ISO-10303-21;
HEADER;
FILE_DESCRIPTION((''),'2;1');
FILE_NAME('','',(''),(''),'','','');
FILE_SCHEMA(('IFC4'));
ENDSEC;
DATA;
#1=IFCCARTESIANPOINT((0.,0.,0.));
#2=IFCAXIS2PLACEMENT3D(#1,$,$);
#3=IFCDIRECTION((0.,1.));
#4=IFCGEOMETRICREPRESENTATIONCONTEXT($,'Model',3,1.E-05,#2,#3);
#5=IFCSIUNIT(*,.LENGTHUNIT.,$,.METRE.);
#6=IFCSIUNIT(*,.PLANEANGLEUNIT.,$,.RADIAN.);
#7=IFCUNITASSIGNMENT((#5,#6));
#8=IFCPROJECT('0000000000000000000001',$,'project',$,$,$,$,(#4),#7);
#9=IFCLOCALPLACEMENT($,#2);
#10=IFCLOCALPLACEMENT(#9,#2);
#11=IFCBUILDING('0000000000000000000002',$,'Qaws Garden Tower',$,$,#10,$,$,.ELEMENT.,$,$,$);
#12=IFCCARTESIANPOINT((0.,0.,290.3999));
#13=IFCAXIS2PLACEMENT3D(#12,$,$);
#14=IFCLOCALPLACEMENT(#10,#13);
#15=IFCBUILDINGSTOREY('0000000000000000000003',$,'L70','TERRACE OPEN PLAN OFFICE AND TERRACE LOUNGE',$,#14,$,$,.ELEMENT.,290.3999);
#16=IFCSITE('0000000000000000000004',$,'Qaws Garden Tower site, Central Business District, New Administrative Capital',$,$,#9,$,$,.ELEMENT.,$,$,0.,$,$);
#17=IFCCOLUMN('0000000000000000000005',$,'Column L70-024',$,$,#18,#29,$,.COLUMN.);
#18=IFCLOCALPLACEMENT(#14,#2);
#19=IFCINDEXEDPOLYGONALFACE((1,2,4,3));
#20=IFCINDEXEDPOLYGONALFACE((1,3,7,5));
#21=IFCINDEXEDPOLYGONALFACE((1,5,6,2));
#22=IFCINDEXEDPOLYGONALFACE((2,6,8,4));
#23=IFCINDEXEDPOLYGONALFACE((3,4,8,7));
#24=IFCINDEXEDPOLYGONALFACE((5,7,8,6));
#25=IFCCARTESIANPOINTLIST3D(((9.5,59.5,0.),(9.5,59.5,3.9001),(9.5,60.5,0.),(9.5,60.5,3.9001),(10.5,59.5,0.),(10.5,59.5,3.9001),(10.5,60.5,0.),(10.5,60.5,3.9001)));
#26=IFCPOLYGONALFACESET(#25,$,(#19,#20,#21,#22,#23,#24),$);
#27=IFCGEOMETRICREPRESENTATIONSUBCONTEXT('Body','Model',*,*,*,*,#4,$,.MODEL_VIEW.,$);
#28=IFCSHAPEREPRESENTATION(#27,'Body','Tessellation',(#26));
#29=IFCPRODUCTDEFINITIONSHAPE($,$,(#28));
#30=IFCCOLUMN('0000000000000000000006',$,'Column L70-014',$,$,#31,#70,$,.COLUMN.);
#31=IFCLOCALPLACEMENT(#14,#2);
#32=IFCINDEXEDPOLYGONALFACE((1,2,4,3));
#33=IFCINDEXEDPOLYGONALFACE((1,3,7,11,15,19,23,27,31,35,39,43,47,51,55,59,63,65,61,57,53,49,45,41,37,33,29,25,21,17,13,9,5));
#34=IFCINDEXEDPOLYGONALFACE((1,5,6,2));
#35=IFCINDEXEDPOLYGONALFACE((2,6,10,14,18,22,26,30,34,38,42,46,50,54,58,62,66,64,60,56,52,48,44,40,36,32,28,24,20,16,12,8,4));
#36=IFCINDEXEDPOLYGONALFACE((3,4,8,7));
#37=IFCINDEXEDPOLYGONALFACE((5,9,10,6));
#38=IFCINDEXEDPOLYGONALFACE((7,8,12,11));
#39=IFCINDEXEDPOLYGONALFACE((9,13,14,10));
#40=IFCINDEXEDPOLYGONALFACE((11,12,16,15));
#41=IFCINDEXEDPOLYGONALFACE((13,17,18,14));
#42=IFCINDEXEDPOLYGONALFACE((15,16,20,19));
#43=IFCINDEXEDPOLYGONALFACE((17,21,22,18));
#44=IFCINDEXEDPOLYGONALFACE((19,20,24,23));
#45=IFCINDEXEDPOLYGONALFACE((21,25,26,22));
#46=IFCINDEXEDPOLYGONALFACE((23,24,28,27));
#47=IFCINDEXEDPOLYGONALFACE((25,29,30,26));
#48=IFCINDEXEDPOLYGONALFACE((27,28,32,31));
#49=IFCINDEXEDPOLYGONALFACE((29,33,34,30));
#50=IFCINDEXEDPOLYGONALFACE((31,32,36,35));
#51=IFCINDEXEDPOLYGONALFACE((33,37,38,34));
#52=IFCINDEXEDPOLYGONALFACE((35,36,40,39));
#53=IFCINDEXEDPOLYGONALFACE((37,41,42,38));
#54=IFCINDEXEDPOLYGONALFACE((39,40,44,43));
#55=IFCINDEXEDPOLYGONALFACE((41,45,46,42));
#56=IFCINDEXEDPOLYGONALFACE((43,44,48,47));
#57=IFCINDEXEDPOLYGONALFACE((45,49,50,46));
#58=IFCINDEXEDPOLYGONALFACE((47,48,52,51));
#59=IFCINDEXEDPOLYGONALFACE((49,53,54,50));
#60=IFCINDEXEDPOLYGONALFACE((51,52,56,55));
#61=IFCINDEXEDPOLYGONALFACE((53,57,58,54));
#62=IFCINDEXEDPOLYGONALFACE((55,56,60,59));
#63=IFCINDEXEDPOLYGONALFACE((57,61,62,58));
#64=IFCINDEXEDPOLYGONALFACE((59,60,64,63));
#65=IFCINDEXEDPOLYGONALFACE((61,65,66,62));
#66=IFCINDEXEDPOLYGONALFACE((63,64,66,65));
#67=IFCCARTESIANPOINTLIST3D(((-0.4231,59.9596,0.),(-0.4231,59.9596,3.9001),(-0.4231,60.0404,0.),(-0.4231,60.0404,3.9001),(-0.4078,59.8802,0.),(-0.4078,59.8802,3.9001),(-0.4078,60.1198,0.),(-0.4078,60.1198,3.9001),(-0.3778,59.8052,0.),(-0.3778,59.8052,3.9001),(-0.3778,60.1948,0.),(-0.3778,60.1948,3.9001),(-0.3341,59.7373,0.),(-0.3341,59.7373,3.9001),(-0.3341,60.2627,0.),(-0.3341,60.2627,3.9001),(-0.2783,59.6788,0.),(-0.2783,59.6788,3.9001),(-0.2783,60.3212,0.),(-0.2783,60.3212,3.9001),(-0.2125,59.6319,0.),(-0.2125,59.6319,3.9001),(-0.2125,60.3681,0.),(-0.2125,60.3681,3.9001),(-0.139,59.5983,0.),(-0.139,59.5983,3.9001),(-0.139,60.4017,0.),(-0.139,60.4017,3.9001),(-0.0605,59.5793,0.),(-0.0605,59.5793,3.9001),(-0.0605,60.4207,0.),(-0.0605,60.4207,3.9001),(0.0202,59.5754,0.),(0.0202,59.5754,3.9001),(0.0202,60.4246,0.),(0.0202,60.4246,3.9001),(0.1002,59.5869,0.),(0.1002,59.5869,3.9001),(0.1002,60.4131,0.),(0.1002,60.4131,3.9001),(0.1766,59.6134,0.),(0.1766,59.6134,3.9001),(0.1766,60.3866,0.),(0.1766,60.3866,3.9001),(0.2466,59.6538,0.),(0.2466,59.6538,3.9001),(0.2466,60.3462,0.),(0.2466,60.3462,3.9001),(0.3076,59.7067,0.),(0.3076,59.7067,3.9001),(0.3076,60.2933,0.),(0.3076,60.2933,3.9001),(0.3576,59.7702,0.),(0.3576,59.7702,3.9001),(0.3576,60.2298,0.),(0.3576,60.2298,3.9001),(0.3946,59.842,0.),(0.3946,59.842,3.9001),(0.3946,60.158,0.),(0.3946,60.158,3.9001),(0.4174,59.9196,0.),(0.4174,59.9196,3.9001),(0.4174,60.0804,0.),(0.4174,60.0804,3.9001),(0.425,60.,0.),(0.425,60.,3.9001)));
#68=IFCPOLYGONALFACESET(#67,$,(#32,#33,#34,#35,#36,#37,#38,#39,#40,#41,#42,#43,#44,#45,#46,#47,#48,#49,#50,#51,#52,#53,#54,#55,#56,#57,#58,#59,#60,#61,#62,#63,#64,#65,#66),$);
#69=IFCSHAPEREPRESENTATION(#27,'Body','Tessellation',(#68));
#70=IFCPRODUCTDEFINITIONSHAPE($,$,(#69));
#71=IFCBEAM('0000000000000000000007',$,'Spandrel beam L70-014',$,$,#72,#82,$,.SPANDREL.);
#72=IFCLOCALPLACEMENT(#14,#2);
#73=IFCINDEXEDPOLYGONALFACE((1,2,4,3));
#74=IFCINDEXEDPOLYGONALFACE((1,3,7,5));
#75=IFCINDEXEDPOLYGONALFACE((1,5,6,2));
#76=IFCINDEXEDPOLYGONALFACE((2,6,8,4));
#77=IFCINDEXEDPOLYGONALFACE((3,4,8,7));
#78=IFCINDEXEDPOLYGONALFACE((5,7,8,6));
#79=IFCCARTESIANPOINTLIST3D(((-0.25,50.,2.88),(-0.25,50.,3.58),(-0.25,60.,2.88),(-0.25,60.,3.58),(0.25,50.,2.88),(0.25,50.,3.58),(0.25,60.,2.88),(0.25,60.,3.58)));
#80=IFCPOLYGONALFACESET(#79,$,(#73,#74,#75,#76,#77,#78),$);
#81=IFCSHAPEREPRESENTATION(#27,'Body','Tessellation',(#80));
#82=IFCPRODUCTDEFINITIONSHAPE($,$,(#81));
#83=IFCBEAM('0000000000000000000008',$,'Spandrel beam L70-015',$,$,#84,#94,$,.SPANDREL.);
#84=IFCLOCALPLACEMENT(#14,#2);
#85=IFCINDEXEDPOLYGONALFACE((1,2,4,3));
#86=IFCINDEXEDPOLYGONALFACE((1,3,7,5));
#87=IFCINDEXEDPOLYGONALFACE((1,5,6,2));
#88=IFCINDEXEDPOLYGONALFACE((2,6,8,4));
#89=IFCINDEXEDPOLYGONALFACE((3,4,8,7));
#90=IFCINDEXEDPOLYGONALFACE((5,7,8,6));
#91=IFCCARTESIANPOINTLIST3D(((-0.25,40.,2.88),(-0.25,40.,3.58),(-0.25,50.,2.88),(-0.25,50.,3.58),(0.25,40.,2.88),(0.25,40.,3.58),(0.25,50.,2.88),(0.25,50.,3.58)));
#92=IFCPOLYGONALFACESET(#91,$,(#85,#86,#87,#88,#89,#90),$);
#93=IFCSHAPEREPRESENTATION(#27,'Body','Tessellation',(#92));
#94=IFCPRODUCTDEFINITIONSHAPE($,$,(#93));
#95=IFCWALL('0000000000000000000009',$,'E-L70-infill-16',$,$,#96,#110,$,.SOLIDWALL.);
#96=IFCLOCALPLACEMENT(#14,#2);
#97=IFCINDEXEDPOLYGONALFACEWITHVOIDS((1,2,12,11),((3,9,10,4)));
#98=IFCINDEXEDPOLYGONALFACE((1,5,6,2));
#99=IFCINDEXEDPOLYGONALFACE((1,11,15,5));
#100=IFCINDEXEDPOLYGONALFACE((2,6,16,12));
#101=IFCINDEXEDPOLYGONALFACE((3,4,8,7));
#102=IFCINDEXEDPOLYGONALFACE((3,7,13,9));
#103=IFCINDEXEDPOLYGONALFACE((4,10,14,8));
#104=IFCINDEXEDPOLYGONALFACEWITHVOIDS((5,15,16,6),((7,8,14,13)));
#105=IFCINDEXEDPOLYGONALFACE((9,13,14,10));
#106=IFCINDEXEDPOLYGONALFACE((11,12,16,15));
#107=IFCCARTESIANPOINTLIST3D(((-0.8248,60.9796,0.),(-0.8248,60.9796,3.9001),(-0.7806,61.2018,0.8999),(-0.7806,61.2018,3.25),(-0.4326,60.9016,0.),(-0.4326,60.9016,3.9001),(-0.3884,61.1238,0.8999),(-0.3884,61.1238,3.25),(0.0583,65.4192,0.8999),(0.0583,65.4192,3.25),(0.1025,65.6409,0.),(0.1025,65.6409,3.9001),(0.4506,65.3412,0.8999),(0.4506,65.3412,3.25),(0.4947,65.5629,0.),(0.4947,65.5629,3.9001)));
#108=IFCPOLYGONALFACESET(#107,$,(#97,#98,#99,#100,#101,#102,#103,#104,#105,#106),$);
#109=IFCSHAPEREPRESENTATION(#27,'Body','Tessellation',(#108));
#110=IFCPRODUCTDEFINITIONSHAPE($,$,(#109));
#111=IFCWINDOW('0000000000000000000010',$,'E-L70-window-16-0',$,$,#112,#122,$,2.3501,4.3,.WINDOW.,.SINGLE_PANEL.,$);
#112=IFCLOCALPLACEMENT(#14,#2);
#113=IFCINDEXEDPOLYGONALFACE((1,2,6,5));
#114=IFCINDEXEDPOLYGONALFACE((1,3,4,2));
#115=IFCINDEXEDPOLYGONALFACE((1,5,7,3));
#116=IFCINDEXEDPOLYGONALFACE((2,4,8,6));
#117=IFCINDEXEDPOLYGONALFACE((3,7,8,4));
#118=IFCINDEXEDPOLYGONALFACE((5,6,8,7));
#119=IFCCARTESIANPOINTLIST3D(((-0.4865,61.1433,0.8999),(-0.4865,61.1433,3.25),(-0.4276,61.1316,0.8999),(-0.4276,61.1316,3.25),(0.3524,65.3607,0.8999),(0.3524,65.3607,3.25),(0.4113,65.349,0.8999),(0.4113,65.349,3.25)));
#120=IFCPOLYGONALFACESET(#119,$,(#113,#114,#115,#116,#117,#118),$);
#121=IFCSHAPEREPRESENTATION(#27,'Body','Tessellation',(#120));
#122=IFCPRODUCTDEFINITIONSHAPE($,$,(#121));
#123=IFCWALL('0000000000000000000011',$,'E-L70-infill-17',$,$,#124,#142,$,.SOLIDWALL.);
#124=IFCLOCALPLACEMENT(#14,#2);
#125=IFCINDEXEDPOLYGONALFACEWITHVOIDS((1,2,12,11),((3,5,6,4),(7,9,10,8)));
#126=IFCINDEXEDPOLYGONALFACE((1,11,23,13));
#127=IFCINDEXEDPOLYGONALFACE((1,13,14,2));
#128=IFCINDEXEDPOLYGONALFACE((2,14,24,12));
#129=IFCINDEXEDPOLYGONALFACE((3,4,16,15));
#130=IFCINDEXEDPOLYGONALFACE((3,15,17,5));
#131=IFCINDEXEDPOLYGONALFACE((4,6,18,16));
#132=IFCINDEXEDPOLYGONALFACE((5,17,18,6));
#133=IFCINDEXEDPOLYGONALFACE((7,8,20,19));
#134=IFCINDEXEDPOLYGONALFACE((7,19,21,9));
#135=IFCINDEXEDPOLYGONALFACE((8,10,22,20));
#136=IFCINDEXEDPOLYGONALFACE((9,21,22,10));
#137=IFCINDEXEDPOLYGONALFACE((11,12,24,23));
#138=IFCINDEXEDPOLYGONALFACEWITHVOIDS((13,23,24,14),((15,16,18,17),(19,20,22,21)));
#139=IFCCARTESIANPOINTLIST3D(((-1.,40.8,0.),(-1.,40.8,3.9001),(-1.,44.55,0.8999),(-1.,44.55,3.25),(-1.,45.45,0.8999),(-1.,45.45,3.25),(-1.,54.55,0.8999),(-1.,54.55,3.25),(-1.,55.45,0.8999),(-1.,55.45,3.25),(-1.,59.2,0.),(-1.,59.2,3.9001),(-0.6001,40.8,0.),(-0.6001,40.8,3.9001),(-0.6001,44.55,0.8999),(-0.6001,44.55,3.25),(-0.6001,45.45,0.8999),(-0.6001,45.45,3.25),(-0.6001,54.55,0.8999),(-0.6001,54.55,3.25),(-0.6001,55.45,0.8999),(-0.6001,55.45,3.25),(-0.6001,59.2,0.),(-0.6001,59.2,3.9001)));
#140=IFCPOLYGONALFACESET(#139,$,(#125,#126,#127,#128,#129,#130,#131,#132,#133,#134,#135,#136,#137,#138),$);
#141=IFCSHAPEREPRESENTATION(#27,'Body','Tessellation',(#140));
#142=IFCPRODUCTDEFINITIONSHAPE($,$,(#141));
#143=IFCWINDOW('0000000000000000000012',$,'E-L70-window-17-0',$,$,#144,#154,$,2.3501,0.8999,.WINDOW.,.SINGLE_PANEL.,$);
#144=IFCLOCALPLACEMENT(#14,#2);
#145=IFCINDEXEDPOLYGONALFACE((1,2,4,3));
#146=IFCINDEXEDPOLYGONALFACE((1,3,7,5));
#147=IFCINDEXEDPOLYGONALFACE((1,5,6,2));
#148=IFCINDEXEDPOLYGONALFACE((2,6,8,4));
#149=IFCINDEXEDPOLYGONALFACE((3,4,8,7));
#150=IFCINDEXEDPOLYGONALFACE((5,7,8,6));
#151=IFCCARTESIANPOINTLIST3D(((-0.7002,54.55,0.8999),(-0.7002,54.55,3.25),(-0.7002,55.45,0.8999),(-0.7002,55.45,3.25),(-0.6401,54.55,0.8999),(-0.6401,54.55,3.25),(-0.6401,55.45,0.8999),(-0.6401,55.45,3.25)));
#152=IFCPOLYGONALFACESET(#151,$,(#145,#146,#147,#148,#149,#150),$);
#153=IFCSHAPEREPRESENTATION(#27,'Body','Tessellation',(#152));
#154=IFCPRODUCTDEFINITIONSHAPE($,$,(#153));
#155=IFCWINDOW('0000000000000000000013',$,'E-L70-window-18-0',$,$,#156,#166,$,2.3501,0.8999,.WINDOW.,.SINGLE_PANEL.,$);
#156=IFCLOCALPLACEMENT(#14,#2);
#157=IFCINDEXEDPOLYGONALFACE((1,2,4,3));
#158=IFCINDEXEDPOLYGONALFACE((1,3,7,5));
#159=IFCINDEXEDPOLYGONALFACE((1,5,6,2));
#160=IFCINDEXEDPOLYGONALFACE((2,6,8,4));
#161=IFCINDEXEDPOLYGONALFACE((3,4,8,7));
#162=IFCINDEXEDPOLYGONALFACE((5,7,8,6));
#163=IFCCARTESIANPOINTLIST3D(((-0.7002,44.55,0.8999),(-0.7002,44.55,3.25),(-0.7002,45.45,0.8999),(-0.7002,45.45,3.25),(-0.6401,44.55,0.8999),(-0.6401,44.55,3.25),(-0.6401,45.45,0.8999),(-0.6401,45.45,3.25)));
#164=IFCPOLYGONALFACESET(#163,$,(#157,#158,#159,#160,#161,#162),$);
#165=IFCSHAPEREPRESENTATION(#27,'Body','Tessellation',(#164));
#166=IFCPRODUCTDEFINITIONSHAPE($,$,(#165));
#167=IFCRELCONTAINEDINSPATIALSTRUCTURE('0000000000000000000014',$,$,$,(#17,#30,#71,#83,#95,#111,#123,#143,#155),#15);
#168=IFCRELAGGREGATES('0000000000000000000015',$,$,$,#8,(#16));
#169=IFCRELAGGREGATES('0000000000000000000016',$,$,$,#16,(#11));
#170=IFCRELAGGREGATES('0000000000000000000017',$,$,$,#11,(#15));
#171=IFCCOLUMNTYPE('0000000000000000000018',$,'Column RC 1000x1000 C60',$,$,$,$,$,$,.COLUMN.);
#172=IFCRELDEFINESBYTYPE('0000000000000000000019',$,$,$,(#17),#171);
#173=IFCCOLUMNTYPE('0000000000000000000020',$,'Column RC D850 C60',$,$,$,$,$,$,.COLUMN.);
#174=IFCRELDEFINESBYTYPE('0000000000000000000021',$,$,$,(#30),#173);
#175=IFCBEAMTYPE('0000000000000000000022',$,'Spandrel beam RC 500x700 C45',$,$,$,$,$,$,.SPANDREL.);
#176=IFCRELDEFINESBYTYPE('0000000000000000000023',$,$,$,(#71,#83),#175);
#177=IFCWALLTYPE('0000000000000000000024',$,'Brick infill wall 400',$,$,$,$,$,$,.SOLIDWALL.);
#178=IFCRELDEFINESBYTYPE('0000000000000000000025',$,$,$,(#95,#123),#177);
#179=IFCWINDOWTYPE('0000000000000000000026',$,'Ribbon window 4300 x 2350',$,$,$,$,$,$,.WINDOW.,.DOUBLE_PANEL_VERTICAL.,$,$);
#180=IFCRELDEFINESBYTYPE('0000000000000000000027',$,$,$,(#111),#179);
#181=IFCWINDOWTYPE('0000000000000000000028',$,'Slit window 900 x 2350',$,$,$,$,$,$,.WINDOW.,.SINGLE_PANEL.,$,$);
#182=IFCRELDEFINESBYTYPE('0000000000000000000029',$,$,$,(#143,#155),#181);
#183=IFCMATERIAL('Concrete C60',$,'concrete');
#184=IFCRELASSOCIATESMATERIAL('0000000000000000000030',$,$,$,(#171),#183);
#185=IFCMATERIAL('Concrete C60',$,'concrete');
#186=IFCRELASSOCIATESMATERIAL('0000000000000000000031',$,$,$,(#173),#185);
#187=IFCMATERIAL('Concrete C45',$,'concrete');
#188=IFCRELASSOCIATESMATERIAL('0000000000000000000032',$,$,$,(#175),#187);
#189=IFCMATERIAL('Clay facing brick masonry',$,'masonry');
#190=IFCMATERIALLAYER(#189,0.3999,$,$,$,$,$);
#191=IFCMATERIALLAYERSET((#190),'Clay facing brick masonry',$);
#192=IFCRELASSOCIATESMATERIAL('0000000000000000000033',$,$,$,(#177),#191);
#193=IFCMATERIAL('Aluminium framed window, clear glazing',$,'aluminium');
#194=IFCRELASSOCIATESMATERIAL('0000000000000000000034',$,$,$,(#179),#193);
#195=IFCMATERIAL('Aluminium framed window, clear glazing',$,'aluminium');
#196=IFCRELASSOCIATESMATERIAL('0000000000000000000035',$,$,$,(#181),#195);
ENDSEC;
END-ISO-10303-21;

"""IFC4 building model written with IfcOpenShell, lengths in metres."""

from ifc_helpers import new_model, si_unit, direction, frame, frame_2d, origin, origin_2d, place, context, subcontext, project, spatial, rectangle, circle, extrude, material, layer, layer_set, material_profile, profile_set, type_object, element, fill, save


model = new_model("IFC4")

# Units and contexts
model_context = context("Model", 3, precision=1e-05, world=origin(), true_north=direction((0.0, 1.0)))
body_context = subcontext(model_context, "Body", "Model", "MODEL_VIEW")
ifc_project = project(units=[si_unit("LENGTHUNIT", "METRE"), si_unit("PLANEANGLEUNIT", "RADIAN")], contexts=[model_context])

# Site, building, storey
site_placement = place(None, origin())
site = spatial("IfcSite", under=ifc_project, at=site_placement, Name="Qaws Garden Tower site, Central Business District, New Administrative Capital", CompositionType="ELEMENT", RefElevation=0.0)
building_placement = place(site_placement, origin())
building = spatial("IfcBuilding", under=site, at=building_placement, Name="Qaws Garden Tower", CompositionType="ELEMENT")
storey_placement = place(building_placement, frame((0.0, 0.0, 290.3999)))
storey = spatial("IfcBuildingStorey", under=building, at=storey_placement, Name="L70", Description="TERRACE OPEN PLAN OFFICE AND TERRACE LOUNGE", CompositionType="ELEMENT", Elevation=290.3999)

# Columns
ifc_material_1 = material(Name="Concrete C60", Category="concrete")
ifc_material_profile_1 = material_profile(ifc_material_1, rectangle(XDim=1.0, YDim=1.0, at=origin_2d()), Name="RC 1000x1000")
ifc_profile_set_1 = profile_set([ifc_material_profile_1], Name="Concrete C60")
column_type_1 = type_object("IfcColumnType", Name="Column RC 1000x1000 C60", PredefinedType="COLUMN", material=ifc_profile_set_1)
column_1_placement = place(storey_placement, frame((10.0, 60.0, 0.0), z_axis=(0.0, 0.0, 1.0), x_axis=(1.0, 0.0, 0.0)))
element("IfcColumn", 1, at=column_1_placement, inside=storey, type_object=column_type_1, Name="Column L70-024", PredefinedType="COLUMN", context=body_context, shape_type="SweptSolid", body=[
    extrude(rectangle(XDim=1.0, YDim=1.0, at=origin_2d()), origin(), (0.0, 0.0, 1.0), 3.9001),
])
ifc_material_2 = material(Name="Concrete C60", Category="concrete")
ifc_material_profile_2 = material_profile(ifc_material_2, circle(Radius=0.425, at=origin_2d()), Name="RC D850")
ifc_profile_set_2 = profile_set([ifc_material_profile_2], Name="Concrete C60")
column_type_2 = type_object("IfcColumnType", Name="Column RC D850 C60", PredefinedType="COLUMN", material=ifc_profile_set_2)
column_2_placement = place(storey_placement, frame((0.0, 60.0, 0.0), z_axis=(0.0, 0.0, 1.0), x_axis=(1.0, 0.0, 0.0)))
element("IfcColumn", 2, at=column_2_placement, inside=storey, type_object=column_type_2, Name="Column L70-014", PredefinedType="COLUMN", context=body_context, shape_type="SweptSolid", body=[
    extrude(circle(Radius=0.425, at=origin_2d()), origin(), (0.0, 0.0, 1.0), 3.9001),
])

# Beams
ifc_material_3 = material(Name="Concrete C45", Category="concrete")
ifc_material_profile_3 = material_profile(ifc_material_3, rectangle(XDim=0.5, YDim=0.7, at=origin_2d()), Name="RC 500x700")
ifc_profile_set_3 = profile_set([ifc_material_profile_3], Name="Concrete C45")
beam_type = type_object("IfcBeamType", Name="Spandrel beam RC 500x700 C45", PredefinedType="SPANDREL", material=ifc_profile_set_3)
for number, where, z_axis, x_axis, name in (
    (3, (0.0, 60.0, 3.23), (0.0, -1.0, 0.0), (1.0, 0.0, 0.0), "Spandrel beam L70-014"),
    (4, (0.0, 50.0, 3.23), (0.0, -1.0, 0.0), (1.0, 0.0, 0.0), "Spandrel beam L70-015"),
):
    element("IfcBeam", number, at=place(storey_placement, frame(where, z_axis=z_axis, x_axis=x_axis)), inside=storey, type_object=beam_type, Name=name, PredefinedType="SPANDREL", context=body_context, shape_type="SweptSolid", body=[
        extrude(rectangle(XDim=0.5, YDim=0.7, at=origin_2d()), origin(), (0.0, 0.0, 1.0), 10.0),
    ])

# Wall, opening, window
ifc_material_4 = material(Name="Clay facing brick masonry", Category="masonry")
ifc_layer_1 = layer(ifc_material_4, 0.3999)
ifc_layer_set_1 = layer_set([ifc_layer_1], Name="Clay facing brick masonry")
wall_type_1 = type_object("IfcWallType", Name="Brick infill wall 400", PredefinedType="SOLIDWALL", material=ifc_layer_set_1)
wall_1_placement = place(storey_placement, frame((0.2986, 65.6021, 0.0), z_axis=(0.0, 0.0, 1.0), x_axis=(-0.195099, -0.980784, 0.0)))
wall_1 = element("IfcWall", 5, at=wall_1_placement, inside=storey, type_object=wall_type_1, Name="E-L70-infill-16", PredefinedType="SOLIDWALL", context=body_context, shape_type="SweptSolid", body=[
    extrude(rectangle(XDim=4.7527, YDim=0.3999, at=frame_2d((2.3765, 0.0))), origin(), (0.0, 0.0, 1.0), 3.9001),
])
opening_1_placement = place(wall_1_placement, frame((0.2263, 0.0, 0.8999)))
opening_1 = element("IfcOpeningElement", 6, at=opening_1_placement, cuts=wall_1, PredefinedType="OPENING", context=body_context, shape_type="SweptSolid", body=[
    extrude(rectangle(XDim=4.3, YDim=2.3501, at=frame_2d((2.1499, 1.175))), frame((0.0, 0.21, 0.0), z_axis=(0.0, -1.0, 0.0), x_axis=(1.0, 0.0, 0.0)), (0.0, 0.0, 1.0), 0.4199),
])
ifc_material_5 = material(Name="Aluminium framed window, clear glazing", Category="aluminium")
window_type_1 = type_object("IfcWindowType", Name="Ribbon window 4300 x 2350", PartitioningType="DOUBLE_PANEL_VERTICAL", PredefinedType="WINDOW", material=ifc_material_5)
window_1_placement = place(opening_1_placement, origin())
window_1 = element("IfcWindow", 7, at=window_1_placement, inside=storey, type_object=window_type_1, Name="E-L70-window-16-0", OverallHeight=2.3501, OverallWidth=4.3, PartitioningType="SINGLE_PANEL", PredefinedType="WINDOW", context=body_context, shape_type="SweptSolid", body=[
    extrude(rectangle(XDim=4.3, YDim=2.3501, at=frame_2d((2.1499, 1.175))), frame((0.0, 0.1599, 0.0), z_axis=(0.0, -1.0, 0.0), x_axis=(1.0, 0.0, 0.0)), (0.0, 0.0, 1.0), 0.0601),
])
fill(opening_1, window_1)

# Wall, openings, windows
wall_2_placement = place(storey_placement, frame((-0.8, 59.2, 0.0), z_axis=(0.0, 0.0, 1.0), x_axis=(0.0, -1.0, 0.0)))
wall_2 = element("IfcWall", 8, at=wall_2_placement, inside=storey, type_object=wall_type_1, Name="E-L70-infill-17", PredefinedType="SOLIDWALL", context=body_context, shape_type="SweptSolid", body=[
    extrude(rectangle(XDim=18.3999, YDim=0.3999, at=frame_2d((9.2, 0.0))), origin(), (0.0, 0.0, 1.0), 3.9001),
])
opening_2_placement = place(wall_2_placement, frame((3.75, 0.0, 0.8999)))
opening_2 = element("IfcOpeningElement", 9, at=opening_2_placement, cuts=wall_2, PredefinedType="OPENING", context=body_context, shape_type="SweptSolid", body=[
    extrude(rectangle(XDim=0.8999, YDim=2.3501, at=frame_2d((0.45, 1.175))), frame((0.0, 0.21, 0.0), z_axis=(0.0, -1.0, 0.0), x_axis=(1.0, 0.0, 0.0)), (0.0, 0.0, 1.0), 0.4199),
])
opening_3_placement = place(wall_2_placement, frame((13.75, 0.0, 0.8999)))
opening_3 = element("IfcOpeningElement", 10, at=opening_3_placement, cuts=wall_2, PredefinedType="OPENING", context=body_context, shape_type="SweptSolid", body=[
    extrude(rectangle(XDim=0.8999, YDim=2.3501, at=frame_2d((0.45, 1.175))), frame((0.0, 0.21, 0.0), z_axis=(0.0, -1.0, 0.0), x_axis=(1.0, 0.0, 0.0)), (0.0, 0.0, 1.0), 0.4199),
])
ifc_material_6 = material(Name="Aluminium framed window, clear glazing", Category="aluminium")
window_type_2 = type_object("IfcWindowType", Name="Slit window 900 x 2350", PartitioningType="SINGLE_PANEL", PredefinedType="WINDOW", material=ifc_material_6)
window_2_placement = place(opening_2_placement, origin())
window_2 = element("IfcWindow", 11, at=window_2_placement, inside=storey, type_object=window_type_2, Name="E-L70-window-17-0", OverallHeight=2.3501, OverallWidth=0.8999, PartitioningType="SINGLE_PANEL", PredefinedType="WINDOW", context=body_context, shape_type="SweptSolid", body=[
    extrude(rectangle(XDim=0.8999, YDim=2.3501, at=frame_2d((0.45, 1.175))), frame((0.0, 0.1599, 0.0), z_axis=(0.0, -1.0, 0.0), x_axis=(1.0, 0.0, 0.0)), (0.0, 0.0, 1.0), 0.0601),
])
fill(opening_2, window_2)
window_3_placement = place(opening_3_placement, origin())
window_3 = element("IfcWindow", 12, at=window_3_placement, inside=storey, type_object=window_type_2, Name="E-L70-window-18-0", OverallHeight=2.3501, OverallWidth=0.8999, PartitioningType="SINGLE_PANEL", PredefinedType="WINDOW", context=body_context, shape_type="SweptSolid", body=[
    extrude(rectangle(XDim=0.8999, YDim=2.3501, at=frame_2d((0.45, 1.175))), frame((0.0, 0.1599, 0.0), z_axis=(0.0, -1.0, 0.0), x_axis=(1.0, 0.0, 0.0)), (0.0, 0.0, 1.0), 0.0601),
])
fill(opening_3, window_3)

save(model, "model.ifc")
